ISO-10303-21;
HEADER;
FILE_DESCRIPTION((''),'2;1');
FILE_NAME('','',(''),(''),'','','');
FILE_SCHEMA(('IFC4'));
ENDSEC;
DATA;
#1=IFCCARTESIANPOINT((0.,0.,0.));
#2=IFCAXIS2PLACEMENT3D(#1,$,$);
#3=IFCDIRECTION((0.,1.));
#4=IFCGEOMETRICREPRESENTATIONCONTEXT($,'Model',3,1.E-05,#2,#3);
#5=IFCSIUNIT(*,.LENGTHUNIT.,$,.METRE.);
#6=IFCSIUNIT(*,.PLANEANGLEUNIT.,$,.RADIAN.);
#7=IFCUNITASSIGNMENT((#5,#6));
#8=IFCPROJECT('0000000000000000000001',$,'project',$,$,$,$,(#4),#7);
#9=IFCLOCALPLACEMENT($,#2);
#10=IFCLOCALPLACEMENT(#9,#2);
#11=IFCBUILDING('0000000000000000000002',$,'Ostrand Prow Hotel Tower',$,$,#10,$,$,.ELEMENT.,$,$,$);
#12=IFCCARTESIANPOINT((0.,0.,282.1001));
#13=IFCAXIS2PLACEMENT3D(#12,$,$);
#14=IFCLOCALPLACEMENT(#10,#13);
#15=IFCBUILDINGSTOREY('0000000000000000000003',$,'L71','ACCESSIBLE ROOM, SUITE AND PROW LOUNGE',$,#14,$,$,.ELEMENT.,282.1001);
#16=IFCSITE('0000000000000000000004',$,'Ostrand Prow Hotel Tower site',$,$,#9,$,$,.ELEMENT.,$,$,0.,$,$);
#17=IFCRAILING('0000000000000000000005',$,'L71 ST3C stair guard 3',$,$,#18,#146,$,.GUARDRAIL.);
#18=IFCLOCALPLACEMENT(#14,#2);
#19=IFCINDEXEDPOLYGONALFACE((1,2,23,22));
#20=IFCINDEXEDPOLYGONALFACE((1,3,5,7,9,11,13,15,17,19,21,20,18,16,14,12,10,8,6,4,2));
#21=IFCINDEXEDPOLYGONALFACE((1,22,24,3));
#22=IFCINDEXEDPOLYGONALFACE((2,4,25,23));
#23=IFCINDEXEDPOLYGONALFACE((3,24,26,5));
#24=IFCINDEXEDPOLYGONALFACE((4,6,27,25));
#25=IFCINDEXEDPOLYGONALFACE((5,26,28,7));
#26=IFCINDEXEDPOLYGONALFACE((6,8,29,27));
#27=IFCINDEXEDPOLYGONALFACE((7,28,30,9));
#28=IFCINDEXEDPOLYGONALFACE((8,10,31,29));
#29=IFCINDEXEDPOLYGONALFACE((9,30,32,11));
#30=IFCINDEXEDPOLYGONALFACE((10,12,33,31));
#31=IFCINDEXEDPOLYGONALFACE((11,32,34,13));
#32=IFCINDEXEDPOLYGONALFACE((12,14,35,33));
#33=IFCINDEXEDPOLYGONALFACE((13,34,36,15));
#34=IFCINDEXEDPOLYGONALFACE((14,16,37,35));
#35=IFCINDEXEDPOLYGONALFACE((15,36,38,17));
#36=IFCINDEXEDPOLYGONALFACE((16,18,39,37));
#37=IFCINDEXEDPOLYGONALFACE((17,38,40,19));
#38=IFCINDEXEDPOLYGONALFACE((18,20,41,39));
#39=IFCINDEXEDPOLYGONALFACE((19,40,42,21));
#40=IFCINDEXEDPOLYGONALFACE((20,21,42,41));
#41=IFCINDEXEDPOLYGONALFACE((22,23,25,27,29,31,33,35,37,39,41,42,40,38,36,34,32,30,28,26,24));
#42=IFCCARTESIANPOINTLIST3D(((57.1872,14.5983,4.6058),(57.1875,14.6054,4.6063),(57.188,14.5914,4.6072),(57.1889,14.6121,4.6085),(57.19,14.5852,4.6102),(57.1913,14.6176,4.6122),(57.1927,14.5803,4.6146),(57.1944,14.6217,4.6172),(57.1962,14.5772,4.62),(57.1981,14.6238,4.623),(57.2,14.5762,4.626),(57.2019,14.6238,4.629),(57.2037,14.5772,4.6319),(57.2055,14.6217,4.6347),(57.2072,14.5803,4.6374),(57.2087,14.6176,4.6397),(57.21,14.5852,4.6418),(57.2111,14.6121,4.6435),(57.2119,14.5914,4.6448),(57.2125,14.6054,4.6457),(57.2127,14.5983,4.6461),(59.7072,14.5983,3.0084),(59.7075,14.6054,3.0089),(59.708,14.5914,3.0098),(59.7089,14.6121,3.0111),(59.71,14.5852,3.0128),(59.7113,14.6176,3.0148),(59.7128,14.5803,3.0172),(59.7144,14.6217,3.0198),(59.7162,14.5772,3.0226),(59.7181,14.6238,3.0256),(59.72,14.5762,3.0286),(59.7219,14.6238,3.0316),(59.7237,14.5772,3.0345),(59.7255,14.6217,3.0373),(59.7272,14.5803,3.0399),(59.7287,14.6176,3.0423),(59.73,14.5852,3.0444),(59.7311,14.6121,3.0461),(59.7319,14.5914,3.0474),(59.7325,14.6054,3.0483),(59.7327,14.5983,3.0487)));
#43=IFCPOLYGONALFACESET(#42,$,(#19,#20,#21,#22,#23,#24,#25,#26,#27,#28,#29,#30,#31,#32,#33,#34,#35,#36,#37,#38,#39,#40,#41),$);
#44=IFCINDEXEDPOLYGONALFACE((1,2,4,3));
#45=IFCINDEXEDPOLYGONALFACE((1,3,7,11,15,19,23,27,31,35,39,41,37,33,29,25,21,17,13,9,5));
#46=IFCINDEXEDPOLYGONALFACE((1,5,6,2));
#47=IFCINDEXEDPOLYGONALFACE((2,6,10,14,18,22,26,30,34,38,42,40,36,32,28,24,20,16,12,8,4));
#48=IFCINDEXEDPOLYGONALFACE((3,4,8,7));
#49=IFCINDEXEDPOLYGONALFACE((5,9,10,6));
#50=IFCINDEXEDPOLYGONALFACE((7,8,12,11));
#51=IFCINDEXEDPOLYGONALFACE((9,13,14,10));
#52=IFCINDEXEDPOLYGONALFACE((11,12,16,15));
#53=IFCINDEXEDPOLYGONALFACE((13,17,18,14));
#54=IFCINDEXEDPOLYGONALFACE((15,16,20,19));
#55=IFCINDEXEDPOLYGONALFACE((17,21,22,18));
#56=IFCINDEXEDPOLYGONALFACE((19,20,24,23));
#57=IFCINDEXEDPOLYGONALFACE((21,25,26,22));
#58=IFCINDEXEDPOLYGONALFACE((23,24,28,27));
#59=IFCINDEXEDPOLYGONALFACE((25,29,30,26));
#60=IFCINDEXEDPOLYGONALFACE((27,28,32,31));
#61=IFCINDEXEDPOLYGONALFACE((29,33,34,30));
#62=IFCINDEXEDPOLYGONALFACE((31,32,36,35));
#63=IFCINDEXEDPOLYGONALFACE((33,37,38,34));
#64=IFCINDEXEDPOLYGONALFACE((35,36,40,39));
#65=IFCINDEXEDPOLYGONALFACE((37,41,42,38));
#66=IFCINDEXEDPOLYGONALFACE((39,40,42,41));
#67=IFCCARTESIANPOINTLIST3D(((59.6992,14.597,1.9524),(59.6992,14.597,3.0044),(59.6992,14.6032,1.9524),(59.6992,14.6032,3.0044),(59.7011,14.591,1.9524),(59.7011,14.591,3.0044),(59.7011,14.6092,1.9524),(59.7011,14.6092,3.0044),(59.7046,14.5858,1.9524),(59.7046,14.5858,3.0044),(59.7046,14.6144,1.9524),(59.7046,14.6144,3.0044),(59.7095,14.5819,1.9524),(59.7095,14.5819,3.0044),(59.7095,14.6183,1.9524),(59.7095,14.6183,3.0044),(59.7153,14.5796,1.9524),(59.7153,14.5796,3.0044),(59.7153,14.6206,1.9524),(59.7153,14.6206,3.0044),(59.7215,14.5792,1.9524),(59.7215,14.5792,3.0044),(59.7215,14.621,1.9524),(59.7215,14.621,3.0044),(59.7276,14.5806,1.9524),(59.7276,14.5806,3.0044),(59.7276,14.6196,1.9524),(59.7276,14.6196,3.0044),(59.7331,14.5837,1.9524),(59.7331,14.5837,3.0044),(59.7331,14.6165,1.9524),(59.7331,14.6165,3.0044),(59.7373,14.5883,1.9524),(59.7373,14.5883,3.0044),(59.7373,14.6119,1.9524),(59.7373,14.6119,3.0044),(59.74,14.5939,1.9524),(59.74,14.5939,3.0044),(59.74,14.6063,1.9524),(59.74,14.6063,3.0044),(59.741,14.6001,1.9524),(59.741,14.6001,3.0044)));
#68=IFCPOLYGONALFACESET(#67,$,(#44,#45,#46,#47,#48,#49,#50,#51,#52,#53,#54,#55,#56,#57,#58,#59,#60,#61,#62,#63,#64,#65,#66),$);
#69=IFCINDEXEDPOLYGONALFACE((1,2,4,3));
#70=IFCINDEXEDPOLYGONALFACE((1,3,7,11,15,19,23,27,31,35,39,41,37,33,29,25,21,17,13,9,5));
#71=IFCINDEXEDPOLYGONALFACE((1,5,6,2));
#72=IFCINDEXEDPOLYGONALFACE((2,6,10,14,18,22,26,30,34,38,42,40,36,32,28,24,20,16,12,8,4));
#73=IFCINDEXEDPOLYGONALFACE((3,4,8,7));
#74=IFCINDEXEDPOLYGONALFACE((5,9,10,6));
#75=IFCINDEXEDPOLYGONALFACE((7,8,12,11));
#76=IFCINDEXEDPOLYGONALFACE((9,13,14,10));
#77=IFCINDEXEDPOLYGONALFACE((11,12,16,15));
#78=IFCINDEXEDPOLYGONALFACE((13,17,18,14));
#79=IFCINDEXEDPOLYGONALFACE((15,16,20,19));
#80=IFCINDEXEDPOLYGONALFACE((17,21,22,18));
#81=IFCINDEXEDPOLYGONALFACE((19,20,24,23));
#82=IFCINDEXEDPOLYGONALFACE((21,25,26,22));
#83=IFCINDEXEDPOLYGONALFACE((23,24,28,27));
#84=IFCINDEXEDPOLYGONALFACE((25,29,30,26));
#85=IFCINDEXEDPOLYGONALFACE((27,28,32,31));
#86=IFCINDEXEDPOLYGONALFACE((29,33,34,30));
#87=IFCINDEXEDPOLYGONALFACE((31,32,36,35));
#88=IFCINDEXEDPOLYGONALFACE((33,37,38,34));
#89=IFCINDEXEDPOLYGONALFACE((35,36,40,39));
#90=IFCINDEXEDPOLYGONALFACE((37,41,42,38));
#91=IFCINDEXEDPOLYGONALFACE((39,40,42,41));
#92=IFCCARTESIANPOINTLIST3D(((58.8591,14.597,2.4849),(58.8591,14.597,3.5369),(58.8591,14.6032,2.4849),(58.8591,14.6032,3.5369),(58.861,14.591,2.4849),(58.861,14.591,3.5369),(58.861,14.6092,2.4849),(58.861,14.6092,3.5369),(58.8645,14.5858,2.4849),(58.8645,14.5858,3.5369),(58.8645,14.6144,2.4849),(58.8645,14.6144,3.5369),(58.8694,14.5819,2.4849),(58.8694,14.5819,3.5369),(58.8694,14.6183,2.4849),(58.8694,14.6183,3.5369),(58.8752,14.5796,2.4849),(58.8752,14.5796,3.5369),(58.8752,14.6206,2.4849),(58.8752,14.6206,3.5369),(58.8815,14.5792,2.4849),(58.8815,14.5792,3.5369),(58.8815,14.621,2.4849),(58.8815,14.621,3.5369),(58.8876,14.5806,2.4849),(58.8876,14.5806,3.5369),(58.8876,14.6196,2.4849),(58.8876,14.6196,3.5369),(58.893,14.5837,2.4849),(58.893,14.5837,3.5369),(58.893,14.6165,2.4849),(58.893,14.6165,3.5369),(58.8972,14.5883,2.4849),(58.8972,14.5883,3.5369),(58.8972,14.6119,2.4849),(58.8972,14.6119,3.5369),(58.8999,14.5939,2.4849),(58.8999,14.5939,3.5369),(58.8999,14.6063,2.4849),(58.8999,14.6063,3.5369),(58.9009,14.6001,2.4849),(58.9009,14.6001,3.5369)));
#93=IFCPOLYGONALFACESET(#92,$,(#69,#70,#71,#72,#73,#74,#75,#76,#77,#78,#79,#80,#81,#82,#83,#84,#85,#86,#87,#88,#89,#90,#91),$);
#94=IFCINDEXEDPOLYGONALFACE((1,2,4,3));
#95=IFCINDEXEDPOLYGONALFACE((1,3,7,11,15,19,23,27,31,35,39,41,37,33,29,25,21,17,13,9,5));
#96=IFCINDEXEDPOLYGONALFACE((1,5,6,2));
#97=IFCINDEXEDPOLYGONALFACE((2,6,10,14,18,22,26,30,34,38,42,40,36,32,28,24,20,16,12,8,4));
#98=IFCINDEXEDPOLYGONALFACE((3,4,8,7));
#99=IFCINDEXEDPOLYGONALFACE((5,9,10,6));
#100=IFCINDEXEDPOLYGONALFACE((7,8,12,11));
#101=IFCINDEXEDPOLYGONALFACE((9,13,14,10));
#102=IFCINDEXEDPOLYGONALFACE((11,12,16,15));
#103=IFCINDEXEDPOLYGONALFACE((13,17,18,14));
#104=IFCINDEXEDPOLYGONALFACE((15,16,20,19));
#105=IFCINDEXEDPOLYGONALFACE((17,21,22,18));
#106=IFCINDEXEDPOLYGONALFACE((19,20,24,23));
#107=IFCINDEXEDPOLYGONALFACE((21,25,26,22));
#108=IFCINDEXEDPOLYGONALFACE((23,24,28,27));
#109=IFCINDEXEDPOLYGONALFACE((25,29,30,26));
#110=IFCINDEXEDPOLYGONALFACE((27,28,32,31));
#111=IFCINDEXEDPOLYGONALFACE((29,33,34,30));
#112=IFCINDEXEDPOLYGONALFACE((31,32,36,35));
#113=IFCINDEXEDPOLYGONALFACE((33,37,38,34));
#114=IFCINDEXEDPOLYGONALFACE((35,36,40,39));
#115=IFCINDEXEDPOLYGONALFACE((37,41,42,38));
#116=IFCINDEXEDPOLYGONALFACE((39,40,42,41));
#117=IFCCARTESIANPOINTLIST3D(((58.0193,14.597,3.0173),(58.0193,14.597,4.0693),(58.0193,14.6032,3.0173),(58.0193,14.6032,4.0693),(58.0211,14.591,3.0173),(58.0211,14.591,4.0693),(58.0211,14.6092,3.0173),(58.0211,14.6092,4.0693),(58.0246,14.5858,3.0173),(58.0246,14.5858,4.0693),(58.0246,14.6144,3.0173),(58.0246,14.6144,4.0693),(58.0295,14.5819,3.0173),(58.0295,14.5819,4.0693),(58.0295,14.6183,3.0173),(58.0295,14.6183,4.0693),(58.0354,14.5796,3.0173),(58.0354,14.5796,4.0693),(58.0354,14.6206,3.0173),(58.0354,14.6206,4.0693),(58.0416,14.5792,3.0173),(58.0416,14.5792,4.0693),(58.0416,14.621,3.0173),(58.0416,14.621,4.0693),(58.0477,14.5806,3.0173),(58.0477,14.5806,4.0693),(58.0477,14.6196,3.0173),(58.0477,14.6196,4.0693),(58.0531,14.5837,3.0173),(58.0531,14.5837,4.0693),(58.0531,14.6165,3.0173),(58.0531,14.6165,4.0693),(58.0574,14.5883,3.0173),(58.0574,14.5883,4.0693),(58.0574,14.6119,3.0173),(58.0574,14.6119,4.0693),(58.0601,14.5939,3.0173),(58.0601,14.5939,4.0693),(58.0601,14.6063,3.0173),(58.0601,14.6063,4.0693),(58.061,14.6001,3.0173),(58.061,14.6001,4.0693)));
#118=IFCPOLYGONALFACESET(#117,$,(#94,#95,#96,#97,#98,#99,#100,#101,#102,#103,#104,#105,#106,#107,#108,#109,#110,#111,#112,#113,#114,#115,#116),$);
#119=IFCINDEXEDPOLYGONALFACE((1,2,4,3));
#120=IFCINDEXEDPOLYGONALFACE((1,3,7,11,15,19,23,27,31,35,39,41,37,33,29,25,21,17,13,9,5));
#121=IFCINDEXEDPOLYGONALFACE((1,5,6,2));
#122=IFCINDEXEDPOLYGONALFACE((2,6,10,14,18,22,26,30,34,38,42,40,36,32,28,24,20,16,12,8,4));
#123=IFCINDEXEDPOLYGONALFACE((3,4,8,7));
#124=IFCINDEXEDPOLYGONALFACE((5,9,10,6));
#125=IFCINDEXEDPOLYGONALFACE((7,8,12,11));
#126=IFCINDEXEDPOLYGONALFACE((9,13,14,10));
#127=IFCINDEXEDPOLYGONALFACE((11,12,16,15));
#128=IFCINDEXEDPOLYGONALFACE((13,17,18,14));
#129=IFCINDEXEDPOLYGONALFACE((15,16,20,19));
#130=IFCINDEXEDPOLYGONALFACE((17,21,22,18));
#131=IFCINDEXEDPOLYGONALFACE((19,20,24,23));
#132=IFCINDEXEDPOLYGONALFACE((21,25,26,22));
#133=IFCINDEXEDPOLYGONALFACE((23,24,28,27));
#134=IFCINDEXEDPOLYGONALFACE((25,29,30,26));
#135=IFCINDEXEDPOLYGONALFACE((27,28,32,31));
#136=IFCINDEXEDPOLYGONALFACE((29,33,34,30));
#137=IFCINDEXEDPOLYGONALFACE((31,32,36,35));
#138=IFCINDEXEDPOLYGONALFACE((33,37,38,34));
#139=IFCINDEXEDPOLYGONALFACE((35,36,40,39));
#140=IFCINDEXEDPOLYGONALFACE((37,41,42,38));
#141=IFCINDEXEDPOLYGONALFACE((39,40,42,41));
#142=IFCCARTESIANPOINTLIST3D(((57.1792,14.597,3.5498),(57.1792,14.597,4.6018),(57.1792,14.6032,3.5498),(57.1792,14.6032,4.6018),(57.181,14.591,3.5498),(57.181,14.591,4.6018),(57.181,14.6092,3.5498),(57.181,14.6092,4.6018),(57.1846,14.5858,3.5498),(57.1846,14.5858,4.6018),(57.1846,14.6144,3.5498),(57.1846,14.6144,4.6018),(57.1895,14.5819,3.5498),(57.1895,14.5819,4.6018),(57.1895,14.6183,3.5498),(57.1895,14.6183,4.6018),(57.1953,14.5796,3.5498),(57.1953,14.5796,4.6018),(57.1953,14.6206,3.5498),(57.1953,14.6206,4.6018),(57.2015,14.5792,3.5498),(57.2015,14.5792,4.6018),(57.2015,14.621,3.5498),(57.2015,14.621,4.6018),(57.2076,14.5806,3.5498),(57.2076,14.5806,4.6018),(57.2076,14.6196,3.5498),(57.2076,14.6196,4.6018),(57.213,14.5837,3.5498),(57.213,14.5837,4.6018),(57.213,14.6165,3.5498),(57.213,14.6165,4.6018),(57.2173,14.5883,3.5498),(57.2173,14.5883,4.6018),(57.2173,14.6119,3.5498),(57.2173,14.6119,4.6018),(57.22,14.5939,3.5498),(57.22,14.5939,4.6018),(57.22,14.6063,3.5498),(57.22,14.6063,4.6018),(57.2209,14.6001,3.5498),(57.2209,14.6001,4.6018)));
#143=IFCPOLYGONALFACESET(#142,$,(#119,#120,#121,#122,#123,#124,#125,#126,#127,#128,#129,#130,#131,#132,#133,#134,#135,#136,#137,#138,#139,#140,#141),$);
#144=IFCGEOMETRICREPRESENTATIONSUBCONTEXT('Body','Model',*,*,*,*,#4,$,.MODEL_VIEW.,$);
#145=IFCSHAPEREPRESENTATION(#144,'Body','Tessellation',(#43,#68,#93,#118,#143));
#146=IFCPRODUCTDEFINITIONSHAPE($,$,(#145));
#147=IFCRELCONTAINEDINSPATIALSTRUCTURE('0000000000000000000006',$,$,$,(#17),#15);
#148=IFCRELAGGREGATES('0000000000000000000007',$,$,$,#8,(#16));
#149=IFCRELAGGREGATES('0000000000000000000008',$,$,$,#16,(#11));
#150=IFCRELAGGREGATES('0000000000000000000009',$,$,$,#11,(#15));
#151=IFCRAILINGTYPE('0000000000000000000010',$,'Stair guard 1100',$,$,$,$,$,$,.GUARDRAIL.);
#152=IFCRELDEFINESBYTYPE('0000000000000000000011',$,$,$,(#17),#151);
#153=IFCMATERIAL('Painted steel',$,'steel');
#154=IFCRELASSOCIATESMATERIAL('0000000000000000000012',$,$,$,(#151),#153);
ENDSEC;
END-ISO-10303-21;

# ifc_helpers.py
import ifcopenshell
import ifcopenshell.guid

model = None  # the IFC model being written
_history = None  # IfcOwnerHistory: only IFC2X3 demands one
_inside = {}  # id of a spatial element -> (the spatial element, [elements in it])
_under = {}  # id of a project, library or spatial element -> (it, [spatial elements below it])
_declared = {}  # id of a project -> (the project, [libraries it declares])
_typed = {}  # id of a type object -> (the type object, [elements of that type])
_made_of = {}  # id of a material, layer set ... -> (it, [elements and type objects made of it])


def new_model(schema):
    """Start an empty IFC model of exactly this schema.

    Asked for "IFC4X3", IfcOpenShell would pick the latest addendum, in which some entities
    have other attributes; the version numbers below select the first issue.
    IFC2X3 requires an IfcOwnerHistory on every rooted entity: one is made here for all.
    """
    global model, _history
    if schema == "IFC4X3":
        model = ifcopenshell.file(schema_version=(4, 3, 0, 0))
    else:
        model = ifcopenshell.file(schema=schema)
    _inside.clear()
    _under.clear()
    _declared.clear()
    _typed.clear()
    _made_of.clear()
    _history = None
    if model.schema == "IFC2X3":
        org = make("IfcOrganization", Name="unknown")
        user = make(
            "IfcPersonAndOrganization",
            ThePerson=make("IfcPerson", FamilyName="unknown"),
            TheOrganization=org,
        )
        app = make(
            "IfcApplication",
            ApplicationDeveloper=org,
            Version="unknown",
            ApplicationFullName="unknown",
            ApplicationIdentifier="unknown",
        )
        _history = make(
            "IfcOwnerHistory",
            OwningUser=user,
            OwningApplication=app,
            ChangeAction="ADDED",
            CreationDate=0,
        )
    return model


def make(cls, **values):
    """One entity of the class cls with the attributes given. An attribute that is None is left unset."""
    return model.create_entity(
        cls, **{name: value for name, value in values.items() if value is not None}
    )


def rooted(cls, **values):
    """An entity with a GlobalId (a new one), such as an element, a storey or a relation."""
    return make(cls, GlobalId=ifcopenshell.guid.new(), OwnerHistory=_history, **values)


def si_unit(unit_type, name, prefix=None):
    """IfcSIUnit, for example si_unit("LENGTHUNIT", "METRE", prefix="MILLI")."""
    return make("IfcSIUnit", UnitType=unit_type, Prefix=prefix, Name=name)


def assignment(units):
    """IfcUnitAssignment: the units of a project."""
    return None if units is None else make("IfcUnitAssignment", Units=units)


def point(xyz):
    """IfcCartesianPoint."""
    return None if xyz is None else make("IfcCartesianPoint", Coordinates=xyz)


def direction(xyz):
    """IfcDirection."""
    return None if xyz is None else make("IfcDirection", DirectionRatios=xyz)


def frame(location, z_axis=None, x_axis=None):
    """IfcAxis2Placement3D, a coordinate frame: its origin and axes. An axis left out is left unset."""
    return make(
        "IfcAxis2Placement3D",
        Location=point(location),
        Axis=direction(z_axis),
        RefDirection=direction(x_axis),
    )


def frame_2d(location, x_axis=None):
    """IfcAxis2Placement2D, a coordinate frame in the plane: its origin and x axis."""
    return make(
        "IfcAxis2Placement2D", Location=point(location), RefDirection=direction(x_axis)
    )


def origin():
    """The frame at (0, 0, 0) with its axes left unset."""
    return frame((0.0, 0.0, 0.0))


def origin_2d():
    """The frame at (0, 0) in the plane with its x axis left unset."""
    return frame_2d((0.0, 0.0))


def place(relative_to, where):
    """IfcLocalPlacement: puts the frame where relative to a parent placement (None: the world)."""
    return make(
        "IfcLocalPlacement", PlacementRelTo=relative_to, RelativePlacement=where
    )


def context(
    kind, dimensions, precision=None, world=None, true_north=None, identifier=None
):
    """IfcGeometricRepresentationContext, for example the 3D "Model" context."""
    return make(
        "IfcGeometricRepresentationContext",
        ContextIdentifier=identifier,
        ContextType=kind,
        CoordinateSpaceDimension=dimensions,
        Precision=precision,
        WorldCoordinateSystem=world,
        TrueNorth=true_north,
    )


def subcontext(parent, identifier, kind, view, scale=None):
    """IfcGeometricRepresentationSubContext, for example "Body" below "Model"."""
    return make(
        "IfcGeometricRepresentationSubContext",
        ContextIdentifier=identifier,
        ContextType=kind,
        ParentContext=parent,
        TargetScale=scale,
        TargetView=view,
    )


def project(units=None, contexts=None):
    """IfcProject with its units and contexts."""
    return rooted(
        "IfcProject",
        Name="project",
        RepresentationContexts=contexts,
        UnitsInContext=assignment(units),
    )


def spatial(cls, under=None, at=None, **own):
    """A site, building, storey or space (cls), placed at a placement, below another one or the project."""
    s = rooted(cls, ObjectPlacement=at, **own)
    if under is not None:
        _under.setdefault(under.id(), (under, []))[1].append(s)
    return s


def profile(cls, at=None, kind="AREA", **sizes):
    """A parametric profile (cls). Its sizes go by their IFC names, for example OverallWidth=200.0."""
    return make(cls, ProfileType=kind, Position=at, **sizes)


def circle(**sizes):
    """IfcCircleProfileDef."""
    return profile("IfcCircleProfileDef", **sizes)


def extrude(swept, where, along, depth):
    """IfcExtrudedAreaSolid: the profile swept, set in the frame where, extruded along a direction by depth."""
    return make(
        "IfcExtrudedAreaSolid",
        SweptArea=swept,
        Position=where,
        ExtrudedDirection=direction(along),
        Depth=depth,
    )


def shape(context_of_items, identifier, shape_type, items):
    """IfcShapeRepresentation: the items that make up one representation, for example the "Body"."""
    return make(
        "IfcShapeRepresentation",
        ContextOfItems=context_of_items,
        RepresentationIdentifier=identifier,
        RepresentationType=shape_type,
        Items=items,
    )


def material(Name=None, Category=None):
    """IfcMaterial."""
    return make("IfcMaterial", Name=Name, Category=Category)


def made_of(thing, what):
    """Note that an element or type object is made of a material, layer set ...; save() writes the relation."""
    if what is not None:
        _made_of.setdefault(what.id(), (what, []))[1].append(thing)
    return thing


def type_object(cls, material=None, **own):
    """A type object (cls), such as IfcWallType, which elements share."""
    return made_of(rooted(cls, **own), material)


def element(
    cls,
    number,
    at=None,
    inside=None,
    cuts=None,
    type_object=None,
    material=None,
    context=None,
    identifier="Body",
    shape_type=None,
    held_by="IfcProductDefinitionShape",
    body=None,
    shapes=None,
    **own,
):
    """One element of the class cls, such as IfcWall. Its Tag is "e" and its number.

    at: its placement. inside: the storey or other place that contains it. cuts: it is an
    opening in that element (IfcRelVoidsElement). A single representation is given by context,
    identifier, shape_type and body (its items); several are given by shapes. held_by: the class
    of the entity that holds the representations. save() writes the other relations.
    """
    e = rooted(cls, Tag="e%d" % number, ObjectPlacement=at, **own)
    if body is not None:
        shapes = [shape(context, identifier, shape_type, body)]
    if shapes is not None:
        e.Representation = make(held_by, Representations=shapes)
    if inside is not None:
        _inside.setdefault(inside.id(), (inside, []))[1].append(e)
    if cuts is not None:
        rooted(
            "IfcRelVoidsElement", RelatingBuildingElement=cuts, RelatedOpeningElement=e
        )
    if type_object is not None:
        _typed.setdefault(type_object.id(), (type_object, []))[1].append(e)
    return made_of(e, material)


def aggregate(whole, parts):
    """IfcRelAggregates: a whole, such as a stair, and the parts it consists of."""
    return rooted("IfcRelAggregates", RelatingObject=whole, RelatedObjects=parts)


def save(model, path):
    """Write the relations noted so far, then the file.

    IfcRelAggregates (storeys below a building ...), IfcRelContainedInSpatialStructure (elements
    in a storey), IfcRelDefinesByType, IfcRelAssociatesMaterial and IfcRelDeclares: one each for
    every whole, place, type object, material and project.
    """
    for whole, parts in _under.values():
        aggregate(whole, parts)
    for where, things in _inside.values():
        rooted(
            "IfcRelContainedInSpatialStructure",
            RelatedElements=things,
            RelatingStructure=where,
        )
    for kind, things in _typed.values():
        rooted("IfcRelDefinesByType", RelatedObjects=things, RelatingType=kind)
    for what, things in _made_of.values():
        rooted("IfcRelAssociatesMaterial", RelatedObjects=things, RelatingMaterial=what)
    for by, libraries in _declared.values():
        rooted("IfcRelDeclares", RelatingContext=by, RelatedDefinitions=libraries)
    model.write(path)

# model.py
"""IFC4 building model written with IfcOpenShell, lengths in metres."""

from ifc_helpers import new_model, si_unit, direction, frame, origin, origin_2d, place, context, subcontext, project, spatial, circle, extrude, material, type_object, element, save


model = new_model("IFC4")

# Units and contexts
model_context = context("Model", 3, precision=1e-05, world=origin(), true_north=direction((0.0, 1.0)))
body_context = subcontext(model_context, "Body", "Model", "MODEL_VIEW")
ifc_project = project(units=[si_unit("LENGTHUNIT", "METRE"), si_unit("PLANEANGLEUNIT", "RADIAN")], contexts=[model_context])

# Site, building, storey
site_placement = place(None, origin())
site = spatial("IfcSite", under=ifc_project, at=site_placement, Name="Ostrand Prow Hotel Tower site", CompositionType="ELEMENT", RefElevation=0.0)
building_placement = place(site_placement, origin())
building = spatial("IfcBuilding", under=site, at=building_placement, Name="Ostrand Prow Hotel Tower", CompositionType="ELEMENT")
storey_placement = place(building_placement, frame((0.0, 0.0, 282.1001)))
storey = spatial("IfcBuildingStorey", under=building, at=storey_placement, Name="L71", Description="ACCESSIBLE ROOM, SUITE AND PROW LOUNGE", CompositionType="ELEMENT", Elevation=282.1001)

# Railing
ifc_material_1 = material(Name="Painted steel", Category="steel")
railing_type_1 = type_object("IfcRailingType", Name="Stair guard 1100", PredefinedType="GUARDRAIL", material=ifc_material_1)
railing_1_placement = place(storey_placement, frame((59.72, 14.6001, 1.9524)))
element("IfcRailing", 1, at=railing_1_placement, inside=storey, type_object=railing_type_1, Name="L71 ST3C stair guard 3", PredefinedType="GUARDRAIL", context=body_context, shape_type="SweptSolid", body=[
    extrude(circle(Radius=0.0239, at=origin_2d()), frame((0.0, 0.0, 1.0762), z_axis=(-0.844607, 0.0, 0.535387), x_axis=(0.0, -1.0, 0.0)), (0.0, 0.0, 1.0), 2.9836),
    extrude(circle(Radius=0.021, at=origin_2d()), origin(), (0.0, 0.0, 1.0), 1.052),
    extrude(circle(Radius=0.021, at=origin_2d()), frame((-0.8401, 0.0, 0.5325)), (0.0, 0.0, 1.0), 1.052),
    extrude(circle(Radius=0.021, at=origin_2d()), frame((-1.6799, 0.0, 1.0649)), (0.0, 0.0, 1.0), 1.052),
    extrude(circle(Radius=0.021, at=origin_2d()), frame((-2.52, 0.0, 1.5974)), (0.0, 0.0, 1.0), 1.052),
])

save(model, "model.ifc")
